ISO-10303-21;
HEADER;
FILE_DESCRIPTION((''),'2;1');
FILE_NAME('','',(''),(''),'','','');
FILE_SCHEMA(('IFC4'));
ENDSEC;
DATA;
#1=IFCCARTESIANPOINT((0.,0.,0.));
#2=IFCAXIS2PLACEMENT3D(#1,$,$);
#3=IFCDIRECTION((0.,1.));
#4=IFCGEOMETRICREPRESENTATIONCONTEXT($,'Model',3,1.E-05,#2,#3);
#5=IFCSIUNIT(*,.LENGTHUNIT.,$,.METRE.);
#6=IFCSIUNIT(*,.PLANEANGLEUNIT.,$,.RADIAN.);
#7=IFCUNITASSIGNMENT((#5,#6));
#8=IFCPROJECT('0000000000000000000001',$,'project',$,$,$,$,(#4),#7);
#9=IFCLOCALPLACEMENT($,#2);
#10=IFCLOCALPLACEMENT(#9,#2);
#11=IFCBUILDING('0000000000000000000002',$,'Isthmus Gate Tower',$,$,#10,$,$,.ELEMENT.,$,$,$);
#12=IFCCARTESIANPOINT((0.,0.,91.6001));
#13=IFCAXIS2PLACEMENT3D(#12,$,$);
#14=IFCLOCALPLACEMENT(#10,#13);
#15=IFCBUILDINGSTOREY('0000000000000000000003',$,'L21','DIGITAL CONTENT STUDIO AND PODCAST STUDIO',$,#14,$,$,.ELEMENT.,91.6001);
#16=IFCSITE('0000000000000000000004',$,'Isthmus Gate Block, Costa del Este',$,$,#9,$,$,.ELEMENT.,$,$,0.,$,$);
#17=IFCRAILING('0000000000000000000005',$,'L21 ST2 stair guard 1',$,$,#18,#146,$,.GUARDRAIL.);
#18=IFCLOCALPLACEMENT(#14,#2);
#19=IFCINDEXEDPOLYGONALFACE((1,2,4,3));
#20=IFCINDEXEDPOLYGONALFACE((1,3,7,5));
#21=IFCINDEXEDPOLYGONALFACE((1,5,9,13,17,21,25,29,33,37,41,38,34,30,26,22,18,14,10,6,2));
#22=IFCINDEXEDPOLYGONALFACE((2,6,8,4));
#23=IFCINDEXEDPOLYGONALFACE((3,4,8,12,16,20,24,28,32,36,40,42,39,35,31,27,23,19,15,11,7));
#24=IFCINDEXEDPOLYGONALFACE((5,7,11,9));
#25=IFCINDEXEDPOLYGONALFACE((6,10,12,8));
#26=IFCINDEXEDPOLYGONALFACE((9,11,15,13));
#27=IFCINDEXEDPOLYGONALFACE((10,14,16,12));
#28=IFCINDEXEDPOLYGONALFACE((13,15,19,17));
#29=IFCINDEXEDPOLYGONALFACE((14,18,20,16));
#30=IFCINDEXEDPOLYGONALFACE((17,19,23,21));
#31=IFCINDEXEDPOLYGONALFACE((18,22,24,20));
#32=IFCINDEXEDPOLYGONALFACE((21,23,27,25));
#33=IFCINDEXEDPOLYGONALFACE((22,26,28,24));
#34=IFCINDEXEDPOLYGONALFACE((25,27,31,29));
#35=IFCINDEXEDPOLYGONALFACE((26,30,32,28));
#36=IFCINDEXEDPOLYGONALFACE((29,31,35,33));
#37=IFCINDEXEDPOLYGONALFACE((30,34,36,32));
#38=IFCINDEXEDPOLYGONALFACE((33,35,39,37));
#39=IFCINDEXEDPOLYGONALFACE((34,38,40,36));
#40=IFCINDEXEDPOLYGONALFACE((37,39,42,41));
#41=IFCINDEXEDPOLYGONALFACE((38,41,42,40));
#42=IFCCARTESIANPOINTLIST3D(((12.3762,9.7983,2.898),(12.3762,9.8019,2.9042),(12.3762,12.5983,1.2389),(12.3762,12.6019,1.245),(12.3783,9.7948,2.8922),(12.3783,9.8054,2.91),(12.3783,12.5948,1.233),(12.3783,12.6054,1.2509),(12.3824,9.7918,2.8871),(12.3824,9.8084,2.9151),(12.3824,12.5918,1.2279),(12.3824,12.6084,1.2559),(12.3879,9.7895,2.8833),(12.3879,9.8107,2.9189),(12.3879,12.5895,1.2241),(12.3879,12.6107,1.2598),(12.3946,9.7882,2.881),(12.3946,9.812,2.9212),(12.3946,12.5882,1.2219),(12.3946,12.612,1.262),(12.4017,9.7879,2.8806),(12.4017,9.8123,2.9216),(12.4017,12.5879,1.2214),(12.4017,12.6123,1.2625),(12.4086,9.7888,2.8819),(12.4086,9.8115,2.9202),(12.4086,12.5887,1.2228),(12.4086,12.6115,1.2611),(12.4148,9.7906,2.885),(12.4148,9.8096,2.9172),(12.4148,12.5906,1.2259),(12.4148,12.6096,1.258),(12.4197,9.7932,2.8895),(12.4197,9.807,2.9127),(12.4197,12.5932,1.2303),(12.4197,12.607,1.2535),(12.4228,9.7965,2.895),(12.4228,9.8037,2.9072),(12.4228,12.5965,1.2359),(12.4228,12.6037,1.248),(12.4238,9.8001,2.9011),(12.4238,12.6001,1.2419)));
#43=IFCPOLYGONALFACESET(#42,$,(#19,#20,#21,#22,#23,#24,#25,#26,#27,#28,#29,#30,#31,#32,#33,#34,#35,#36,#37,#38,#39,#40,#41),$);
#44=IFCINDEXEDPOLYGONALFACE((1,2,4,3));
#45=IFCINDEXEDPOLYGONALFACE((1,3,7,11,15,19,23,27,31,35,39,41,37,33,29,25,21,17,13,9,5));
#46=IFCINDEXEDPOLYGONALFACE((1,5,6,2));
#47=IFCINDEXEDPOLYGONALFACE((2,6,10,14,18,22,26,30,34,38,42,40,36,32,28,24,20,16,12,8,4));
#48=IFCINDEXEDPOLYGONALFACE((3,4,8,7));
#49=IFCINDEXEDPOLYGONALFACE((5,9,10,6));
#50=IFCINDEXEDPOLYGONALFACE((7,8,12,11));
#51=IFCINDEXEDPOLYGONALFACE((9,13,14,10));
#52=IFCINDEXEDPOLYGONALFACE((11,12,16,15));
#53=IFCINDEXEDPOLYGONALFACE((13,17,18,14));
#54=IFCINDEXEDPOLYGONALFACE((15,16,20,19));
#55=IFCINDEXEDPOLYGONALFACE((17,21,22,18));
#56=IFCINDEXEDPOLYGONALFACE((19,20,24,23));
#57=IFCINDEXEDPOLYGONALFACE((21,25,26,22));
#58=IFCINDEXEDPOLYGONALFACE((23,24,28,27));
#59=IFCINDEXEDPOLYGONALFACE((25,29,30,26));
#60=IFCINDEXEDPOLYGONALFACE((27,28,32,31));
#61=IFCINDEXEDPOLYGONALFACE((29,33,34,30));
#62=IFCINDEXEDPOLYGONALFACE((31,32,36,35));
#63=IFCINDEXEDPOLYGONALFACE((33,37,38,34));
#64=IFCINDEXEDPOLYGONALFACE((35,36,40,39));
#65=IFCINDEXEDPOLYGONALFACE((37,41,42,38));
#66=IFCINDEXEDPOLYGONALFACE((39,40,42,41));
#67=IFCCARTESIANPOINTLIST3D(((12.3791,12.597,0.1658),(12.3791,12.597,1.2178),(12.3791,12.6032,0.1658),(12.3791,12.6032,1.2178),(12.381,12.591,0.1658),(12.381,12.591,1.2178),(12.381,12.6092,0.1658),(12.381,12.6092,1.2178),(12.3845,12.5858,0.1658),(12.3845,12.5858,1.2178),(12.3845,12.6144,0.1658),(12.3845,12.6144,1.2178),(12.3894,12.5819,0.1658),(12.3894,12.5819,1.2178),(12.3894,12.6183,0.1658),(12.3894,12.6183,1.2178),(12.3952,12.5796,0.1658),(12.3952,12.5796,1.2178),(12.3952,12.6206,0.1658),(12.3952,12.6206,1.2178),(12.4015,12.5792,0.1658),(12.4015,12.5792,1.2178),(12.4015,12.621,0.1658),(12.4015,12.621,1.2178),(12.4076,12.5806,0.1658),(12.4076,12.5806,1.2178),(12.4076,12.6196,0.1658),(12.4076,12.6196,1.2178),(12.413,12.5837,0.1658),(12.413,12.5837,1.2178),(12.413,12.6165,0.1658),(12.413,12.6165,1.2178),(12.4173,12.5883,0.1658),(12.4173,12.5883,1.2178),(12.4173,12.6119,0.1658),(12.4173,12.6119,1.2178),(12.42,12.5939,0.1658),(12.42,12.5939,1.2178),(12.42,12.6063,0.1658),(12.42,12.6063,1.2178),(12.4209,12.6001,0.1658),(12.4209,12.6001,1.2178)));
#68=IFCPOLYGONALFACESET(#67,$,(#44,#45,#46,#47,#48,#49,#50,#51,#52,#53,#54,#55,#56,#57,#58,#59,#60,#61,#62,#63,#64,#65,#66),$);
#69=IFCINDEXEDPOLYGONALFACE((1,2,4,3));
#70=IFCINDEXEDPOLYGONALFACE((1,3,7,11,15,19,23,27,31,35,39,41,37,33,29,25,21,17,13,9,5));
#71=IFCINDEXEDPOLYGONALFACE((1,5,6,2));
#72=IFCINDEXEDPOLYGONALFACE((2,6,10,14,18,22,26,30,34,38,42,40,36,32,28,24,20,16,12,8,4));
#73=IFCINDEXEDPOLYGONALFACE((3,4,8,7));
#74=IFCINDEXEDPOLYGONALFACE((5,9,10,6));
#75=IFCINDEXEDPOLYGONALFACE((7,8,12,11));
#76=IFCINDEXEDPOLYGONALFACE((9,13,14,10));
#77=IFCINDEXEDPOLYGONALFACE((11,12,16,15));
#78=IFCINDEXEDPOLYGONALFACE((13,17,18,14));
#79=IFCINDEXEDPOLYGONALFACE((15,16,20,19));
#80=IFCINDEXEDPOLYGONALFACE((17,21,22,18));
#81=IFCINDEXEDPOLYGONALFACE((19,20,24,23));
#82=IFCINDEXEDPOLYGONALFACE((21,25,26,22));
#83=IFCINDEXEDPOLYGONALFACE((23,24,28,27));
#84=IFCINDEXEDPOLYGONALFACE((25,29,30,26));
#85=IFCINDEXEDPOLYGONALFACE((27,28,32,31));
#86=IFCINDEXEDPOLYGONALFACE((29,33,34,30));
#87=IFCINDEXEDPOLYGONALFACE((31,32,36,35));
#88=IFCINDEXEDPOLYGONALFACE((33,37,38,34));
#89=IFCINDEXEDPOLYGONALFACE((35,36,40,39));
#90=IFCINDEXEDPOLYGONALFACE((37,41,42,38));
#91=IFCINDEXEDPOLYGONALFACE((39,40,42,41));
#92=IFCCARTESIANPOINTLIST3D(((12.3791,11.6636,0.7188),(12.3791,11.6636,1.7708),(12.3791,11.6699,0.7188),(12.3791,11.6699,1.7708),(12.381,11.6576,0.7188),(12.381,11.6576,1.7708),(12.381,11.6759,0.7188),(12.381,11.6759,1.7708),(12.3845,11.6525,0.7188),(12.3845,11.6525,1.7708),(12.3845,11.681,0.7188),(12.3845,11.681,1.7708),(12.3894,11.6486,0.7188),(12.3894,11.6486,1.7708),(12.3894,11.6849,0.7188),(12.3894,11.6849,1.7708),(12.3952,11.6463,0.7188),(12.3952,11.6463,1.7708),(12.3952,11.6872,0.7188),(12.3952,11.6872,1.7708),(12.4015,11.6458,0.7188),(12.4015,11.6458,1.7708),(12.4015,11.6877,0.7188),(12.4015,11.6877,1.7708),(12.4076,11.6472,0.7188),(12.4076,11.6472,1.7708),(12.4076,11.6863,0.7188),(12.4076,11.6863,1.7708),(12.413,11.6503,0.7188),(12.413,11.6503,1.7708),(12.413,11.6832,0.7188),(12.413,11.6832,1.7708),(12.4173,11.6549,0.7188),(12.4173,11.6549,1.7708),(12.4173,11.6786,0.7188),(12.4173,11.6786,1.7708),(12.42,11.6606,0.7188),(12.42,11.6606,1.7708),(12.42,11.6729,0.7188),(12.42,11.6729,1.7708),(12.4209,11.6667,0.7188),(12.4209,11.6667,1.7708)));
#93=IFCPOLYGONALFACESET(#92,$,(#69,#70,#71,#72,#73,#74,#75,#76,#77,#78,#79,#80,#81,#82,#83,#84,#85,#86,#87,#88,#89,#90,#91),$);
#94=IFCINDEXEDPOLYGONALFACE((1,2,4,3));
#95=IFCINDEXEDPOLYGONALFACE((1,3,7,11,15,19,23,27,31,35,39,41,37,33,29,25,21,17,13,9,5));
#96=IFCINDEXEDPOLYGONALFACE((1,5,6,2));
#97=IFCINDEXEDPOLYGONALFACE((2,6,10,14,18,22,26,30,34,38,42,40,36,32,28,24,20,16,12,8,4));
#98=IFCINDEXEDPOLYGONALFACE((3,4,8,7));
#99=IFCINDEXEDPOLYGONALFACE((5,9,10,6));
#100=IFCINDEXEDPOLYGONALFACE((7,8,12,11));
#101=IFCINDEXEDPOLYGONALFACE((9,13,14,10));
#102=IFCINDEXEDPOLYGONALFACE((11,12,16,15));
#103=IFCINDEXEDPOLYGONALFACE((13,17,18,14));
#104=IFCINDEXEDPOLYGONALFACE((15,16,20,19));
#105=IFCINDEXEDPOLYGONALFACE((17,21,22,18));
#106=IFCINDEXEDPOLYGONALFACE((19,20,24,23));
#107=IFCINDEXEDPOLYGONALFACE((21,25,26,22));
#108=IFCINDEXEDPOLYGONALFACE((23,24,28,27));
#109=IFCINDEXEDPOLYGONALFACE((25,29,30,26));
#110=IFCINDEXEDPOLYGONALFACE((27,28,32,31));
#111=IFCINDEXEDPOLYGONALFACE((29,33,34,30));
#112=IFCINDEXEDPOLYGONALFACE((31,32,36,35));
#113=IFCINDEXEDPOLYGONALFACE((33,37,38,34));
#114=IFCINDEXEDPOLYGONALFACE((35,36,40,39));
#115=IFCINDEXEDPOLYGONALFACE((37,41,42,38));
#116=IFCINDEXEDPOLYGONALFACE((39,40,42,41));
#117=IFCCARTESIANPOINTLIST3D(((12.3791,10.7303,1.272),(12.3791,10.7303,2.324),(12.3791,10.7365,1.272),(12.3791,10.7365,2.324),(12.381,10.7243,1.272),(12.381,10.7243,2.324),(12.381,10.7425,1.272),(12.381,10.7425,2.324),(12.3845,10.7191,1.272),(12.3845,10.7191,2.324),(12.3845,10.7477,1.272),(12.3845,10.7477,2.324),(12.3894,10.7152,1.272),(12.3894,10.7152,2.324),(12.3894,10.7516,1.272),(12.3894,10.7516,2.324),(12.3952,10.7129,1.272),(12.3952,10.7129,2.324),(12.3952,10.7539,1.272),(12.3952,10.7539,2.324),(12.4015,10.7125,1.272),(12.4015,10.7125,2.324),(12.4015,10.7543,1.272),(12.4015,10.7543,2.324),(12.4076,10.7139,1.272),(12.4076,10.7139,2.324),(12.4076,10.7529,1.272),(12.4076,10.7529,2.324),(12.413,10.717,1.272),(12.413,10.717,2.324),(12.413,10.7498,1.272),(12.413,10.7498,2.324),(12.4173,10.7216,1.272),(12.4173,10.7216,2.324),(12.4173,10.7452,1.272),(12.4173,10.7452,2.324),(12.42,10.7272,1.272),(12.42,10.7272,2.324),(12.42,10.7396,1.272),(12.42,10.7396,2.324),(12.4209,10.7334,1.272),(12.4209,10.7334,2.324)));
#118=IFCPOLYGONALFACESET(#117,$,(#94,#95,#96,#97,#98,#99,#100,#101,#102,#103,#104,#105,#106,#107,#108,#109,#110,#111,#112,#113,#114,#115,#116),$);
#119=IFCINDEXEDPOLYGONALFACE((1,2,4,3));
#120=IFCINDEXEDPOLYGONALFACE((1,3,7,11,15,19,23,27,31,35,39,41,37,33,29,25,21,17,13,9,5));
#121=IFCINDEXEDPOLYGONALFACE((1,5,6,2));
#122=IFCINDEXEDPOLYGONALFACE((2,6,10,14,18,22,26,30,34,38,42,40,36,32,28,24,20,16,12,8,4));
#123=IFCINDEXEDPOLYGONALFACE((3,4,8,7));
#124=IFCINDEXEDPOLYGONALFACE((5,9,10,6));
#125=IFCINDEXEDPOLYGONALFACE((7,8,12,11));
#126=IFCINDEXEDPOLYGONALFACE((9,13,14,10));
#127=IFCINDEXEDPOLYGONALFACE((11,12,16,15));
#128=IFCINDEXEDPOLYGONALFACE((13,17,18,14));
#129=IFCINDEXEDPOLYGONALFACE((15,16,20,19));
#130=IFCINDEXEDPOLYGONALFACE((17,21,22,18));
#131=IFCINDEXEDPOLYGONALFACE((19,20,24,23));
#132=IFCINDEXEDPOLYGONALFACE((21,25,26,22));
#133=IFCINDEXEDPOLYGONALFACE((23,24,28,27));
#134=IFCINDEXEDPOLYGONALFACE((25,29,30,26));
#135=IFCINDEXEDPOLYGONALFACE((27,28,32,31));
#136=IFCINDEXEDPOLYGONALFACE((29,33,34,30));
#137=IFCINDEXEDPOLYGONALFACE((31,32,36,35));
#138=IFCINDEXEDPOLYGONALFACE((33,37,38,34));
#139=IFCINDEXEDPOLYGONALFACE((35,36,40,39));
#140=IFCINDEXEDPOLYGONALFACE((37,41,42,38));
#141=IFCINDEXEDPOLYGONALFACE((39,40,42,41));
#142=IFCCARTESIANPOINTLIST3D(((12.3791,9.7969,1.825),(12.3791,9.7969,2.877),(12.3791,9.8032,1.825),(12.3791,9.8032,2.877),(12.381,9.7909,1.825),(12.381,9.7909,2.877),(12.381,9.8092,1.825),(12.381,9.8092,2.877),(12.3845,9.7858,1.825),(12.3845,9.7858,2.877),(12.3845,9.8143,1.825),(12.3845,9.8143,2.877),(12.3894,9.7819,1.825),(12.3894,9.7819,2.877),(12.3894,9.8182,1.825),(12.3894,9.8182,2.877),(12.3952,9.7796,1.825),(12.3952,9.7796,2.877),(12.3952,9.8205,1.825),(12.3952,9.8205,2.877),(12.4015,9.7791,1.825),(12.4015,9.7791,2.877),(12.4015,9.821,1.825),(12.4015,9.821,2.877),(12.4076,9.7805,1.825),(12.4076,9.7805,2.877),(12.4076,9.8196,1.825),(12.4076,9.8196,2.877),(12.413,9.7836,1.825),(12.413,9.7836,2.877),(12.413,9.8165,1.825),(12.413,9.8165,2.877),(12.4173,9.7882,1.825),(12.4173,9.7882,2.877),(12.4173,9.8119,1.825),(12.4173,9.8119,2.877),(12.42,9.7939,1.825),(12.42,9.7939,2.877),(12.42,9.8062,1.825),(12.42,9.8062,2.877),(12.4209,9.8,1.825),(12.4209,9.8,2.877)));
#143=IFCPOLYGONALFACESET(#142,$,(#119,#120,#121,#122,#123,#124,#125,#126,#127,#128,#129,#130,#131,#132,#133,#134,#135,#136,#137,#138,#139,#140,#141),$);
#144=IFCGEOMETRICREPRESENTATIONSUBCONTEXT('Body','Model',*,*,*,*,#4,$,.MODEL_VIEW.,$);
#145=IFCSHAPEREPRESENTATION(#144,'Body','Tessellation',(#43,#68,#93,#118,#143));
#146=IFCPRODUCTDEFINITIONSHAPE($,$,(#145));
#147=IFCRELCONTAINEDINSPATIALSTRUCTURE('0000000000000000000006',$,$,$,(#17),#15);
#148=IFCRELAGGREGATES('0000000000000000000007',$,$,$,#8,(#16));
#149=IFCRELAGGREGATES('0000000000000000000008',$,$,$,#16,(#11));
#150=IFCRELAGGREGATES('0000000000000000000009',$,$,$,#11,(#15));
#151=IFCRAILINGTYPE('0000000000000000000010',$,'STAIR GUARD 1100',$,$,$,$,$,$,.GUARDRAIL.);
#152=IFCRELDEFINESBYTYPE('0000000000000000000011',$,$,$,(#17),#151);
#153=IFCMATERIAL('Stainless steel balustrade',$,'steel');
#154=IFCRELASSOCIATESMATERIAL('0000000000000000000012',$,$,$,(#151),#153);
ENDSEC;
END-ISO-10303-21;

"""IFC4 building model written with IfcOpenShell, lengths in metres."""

from ifc_helpers import new_model, si_unit, direction, frame, origin, origin_2d, place, context, subcontext, project, spatial, circle, extrude, material, type_object, element, save


model = new_model("IFC4")

# Units and contexts
model_context = context("Model", 3, precision=1e-05, world=origin(), true_north=direction((0.0, 1.0)))
body_context = subcontext(model_context, "Body", "Model", "MODEL_VIEW")
ifc_project = project(units=[si_unit("LENGTHUNIT", "METRE"), si_unit("PLANEANGLEUNIT", "RADIAN")], contexts=[model_context])

# Site, building, storey
site_placement = place(None, origin())
site = spatial("IfcSite", under=ifc_project, at=site_placement, Name="Isthmus Gate Block, Costa del Este", CompositionType="ELEMENT", RefElevation=0.0)
building_placement = place(site_placement, origin())
building = spatial("IfcBuilding", under=site, at=building_placement, Name="Isthmus Gate Tower", CompositionType="ELEMENT")
storey_placement = place(building_placement, frame((0.0, 0.0, 91.6001)))
storey = spatial("IfcBuildingStorey", under=building, at=storey_placement, Name="L21", Description="DIGITAL CONTENT STUDIO AND PODCAST STUDIO", CompositionType="ELEMENT", Elevation=91.6001)

# Railing
ifc_material_1 = material(Name="Stainless steel balustrade", Category="steel")
railing_type_1 = type_object("IfcRailingType", Name="STAIR GUARD 1100", PredefinedType="GUARDRAIL", material=ifc_material_1)
railing_1_placement = place(storey_placement, frame((12.3999, 12.6001, 0.1658)))
element("IfcRailing", 1, at=railing_1_placement, inside=storey, type_object=railing_type_1, Name="L21 ST2 stair guard 1", PredefinedType="GUARDRAIL", context=body_context, shape_type="SweptSolid", body=[
    extrude(circle(Radius=0.0239, at=origin_2d()), frame((0.0, 0.0, 1.0762), z_axis=(0.0, -0.860306, 0.509778), x_axis=(1.0, 0.0, 0.0)), (0.0, 0.0, 1.0), 3.2546),
    extrude(circle(Radius=0.021, at=origin_2d()), origin(), (0.0, 0.0, 1.0), 1.052),
    extrude(circle(Radius=0.021, at=origin_2d()), frame((0.0, -0.9333, 0.553)), (0.0, 0.0, 1.0), 1.052),
    extrude(circle(Radius=0.021, at=origin_2d()), frame((0.0, -1.8667, 1.1062)), (0.0, 0.0, 1.0), 1.052),
    extrude(circle(Radius=0.021, at=origin_2d()), frame((0.0, -2.8, 1.6592)), (0.0, 0.0, 1.0), 1.052),
])

save(model, "model.ifc")
